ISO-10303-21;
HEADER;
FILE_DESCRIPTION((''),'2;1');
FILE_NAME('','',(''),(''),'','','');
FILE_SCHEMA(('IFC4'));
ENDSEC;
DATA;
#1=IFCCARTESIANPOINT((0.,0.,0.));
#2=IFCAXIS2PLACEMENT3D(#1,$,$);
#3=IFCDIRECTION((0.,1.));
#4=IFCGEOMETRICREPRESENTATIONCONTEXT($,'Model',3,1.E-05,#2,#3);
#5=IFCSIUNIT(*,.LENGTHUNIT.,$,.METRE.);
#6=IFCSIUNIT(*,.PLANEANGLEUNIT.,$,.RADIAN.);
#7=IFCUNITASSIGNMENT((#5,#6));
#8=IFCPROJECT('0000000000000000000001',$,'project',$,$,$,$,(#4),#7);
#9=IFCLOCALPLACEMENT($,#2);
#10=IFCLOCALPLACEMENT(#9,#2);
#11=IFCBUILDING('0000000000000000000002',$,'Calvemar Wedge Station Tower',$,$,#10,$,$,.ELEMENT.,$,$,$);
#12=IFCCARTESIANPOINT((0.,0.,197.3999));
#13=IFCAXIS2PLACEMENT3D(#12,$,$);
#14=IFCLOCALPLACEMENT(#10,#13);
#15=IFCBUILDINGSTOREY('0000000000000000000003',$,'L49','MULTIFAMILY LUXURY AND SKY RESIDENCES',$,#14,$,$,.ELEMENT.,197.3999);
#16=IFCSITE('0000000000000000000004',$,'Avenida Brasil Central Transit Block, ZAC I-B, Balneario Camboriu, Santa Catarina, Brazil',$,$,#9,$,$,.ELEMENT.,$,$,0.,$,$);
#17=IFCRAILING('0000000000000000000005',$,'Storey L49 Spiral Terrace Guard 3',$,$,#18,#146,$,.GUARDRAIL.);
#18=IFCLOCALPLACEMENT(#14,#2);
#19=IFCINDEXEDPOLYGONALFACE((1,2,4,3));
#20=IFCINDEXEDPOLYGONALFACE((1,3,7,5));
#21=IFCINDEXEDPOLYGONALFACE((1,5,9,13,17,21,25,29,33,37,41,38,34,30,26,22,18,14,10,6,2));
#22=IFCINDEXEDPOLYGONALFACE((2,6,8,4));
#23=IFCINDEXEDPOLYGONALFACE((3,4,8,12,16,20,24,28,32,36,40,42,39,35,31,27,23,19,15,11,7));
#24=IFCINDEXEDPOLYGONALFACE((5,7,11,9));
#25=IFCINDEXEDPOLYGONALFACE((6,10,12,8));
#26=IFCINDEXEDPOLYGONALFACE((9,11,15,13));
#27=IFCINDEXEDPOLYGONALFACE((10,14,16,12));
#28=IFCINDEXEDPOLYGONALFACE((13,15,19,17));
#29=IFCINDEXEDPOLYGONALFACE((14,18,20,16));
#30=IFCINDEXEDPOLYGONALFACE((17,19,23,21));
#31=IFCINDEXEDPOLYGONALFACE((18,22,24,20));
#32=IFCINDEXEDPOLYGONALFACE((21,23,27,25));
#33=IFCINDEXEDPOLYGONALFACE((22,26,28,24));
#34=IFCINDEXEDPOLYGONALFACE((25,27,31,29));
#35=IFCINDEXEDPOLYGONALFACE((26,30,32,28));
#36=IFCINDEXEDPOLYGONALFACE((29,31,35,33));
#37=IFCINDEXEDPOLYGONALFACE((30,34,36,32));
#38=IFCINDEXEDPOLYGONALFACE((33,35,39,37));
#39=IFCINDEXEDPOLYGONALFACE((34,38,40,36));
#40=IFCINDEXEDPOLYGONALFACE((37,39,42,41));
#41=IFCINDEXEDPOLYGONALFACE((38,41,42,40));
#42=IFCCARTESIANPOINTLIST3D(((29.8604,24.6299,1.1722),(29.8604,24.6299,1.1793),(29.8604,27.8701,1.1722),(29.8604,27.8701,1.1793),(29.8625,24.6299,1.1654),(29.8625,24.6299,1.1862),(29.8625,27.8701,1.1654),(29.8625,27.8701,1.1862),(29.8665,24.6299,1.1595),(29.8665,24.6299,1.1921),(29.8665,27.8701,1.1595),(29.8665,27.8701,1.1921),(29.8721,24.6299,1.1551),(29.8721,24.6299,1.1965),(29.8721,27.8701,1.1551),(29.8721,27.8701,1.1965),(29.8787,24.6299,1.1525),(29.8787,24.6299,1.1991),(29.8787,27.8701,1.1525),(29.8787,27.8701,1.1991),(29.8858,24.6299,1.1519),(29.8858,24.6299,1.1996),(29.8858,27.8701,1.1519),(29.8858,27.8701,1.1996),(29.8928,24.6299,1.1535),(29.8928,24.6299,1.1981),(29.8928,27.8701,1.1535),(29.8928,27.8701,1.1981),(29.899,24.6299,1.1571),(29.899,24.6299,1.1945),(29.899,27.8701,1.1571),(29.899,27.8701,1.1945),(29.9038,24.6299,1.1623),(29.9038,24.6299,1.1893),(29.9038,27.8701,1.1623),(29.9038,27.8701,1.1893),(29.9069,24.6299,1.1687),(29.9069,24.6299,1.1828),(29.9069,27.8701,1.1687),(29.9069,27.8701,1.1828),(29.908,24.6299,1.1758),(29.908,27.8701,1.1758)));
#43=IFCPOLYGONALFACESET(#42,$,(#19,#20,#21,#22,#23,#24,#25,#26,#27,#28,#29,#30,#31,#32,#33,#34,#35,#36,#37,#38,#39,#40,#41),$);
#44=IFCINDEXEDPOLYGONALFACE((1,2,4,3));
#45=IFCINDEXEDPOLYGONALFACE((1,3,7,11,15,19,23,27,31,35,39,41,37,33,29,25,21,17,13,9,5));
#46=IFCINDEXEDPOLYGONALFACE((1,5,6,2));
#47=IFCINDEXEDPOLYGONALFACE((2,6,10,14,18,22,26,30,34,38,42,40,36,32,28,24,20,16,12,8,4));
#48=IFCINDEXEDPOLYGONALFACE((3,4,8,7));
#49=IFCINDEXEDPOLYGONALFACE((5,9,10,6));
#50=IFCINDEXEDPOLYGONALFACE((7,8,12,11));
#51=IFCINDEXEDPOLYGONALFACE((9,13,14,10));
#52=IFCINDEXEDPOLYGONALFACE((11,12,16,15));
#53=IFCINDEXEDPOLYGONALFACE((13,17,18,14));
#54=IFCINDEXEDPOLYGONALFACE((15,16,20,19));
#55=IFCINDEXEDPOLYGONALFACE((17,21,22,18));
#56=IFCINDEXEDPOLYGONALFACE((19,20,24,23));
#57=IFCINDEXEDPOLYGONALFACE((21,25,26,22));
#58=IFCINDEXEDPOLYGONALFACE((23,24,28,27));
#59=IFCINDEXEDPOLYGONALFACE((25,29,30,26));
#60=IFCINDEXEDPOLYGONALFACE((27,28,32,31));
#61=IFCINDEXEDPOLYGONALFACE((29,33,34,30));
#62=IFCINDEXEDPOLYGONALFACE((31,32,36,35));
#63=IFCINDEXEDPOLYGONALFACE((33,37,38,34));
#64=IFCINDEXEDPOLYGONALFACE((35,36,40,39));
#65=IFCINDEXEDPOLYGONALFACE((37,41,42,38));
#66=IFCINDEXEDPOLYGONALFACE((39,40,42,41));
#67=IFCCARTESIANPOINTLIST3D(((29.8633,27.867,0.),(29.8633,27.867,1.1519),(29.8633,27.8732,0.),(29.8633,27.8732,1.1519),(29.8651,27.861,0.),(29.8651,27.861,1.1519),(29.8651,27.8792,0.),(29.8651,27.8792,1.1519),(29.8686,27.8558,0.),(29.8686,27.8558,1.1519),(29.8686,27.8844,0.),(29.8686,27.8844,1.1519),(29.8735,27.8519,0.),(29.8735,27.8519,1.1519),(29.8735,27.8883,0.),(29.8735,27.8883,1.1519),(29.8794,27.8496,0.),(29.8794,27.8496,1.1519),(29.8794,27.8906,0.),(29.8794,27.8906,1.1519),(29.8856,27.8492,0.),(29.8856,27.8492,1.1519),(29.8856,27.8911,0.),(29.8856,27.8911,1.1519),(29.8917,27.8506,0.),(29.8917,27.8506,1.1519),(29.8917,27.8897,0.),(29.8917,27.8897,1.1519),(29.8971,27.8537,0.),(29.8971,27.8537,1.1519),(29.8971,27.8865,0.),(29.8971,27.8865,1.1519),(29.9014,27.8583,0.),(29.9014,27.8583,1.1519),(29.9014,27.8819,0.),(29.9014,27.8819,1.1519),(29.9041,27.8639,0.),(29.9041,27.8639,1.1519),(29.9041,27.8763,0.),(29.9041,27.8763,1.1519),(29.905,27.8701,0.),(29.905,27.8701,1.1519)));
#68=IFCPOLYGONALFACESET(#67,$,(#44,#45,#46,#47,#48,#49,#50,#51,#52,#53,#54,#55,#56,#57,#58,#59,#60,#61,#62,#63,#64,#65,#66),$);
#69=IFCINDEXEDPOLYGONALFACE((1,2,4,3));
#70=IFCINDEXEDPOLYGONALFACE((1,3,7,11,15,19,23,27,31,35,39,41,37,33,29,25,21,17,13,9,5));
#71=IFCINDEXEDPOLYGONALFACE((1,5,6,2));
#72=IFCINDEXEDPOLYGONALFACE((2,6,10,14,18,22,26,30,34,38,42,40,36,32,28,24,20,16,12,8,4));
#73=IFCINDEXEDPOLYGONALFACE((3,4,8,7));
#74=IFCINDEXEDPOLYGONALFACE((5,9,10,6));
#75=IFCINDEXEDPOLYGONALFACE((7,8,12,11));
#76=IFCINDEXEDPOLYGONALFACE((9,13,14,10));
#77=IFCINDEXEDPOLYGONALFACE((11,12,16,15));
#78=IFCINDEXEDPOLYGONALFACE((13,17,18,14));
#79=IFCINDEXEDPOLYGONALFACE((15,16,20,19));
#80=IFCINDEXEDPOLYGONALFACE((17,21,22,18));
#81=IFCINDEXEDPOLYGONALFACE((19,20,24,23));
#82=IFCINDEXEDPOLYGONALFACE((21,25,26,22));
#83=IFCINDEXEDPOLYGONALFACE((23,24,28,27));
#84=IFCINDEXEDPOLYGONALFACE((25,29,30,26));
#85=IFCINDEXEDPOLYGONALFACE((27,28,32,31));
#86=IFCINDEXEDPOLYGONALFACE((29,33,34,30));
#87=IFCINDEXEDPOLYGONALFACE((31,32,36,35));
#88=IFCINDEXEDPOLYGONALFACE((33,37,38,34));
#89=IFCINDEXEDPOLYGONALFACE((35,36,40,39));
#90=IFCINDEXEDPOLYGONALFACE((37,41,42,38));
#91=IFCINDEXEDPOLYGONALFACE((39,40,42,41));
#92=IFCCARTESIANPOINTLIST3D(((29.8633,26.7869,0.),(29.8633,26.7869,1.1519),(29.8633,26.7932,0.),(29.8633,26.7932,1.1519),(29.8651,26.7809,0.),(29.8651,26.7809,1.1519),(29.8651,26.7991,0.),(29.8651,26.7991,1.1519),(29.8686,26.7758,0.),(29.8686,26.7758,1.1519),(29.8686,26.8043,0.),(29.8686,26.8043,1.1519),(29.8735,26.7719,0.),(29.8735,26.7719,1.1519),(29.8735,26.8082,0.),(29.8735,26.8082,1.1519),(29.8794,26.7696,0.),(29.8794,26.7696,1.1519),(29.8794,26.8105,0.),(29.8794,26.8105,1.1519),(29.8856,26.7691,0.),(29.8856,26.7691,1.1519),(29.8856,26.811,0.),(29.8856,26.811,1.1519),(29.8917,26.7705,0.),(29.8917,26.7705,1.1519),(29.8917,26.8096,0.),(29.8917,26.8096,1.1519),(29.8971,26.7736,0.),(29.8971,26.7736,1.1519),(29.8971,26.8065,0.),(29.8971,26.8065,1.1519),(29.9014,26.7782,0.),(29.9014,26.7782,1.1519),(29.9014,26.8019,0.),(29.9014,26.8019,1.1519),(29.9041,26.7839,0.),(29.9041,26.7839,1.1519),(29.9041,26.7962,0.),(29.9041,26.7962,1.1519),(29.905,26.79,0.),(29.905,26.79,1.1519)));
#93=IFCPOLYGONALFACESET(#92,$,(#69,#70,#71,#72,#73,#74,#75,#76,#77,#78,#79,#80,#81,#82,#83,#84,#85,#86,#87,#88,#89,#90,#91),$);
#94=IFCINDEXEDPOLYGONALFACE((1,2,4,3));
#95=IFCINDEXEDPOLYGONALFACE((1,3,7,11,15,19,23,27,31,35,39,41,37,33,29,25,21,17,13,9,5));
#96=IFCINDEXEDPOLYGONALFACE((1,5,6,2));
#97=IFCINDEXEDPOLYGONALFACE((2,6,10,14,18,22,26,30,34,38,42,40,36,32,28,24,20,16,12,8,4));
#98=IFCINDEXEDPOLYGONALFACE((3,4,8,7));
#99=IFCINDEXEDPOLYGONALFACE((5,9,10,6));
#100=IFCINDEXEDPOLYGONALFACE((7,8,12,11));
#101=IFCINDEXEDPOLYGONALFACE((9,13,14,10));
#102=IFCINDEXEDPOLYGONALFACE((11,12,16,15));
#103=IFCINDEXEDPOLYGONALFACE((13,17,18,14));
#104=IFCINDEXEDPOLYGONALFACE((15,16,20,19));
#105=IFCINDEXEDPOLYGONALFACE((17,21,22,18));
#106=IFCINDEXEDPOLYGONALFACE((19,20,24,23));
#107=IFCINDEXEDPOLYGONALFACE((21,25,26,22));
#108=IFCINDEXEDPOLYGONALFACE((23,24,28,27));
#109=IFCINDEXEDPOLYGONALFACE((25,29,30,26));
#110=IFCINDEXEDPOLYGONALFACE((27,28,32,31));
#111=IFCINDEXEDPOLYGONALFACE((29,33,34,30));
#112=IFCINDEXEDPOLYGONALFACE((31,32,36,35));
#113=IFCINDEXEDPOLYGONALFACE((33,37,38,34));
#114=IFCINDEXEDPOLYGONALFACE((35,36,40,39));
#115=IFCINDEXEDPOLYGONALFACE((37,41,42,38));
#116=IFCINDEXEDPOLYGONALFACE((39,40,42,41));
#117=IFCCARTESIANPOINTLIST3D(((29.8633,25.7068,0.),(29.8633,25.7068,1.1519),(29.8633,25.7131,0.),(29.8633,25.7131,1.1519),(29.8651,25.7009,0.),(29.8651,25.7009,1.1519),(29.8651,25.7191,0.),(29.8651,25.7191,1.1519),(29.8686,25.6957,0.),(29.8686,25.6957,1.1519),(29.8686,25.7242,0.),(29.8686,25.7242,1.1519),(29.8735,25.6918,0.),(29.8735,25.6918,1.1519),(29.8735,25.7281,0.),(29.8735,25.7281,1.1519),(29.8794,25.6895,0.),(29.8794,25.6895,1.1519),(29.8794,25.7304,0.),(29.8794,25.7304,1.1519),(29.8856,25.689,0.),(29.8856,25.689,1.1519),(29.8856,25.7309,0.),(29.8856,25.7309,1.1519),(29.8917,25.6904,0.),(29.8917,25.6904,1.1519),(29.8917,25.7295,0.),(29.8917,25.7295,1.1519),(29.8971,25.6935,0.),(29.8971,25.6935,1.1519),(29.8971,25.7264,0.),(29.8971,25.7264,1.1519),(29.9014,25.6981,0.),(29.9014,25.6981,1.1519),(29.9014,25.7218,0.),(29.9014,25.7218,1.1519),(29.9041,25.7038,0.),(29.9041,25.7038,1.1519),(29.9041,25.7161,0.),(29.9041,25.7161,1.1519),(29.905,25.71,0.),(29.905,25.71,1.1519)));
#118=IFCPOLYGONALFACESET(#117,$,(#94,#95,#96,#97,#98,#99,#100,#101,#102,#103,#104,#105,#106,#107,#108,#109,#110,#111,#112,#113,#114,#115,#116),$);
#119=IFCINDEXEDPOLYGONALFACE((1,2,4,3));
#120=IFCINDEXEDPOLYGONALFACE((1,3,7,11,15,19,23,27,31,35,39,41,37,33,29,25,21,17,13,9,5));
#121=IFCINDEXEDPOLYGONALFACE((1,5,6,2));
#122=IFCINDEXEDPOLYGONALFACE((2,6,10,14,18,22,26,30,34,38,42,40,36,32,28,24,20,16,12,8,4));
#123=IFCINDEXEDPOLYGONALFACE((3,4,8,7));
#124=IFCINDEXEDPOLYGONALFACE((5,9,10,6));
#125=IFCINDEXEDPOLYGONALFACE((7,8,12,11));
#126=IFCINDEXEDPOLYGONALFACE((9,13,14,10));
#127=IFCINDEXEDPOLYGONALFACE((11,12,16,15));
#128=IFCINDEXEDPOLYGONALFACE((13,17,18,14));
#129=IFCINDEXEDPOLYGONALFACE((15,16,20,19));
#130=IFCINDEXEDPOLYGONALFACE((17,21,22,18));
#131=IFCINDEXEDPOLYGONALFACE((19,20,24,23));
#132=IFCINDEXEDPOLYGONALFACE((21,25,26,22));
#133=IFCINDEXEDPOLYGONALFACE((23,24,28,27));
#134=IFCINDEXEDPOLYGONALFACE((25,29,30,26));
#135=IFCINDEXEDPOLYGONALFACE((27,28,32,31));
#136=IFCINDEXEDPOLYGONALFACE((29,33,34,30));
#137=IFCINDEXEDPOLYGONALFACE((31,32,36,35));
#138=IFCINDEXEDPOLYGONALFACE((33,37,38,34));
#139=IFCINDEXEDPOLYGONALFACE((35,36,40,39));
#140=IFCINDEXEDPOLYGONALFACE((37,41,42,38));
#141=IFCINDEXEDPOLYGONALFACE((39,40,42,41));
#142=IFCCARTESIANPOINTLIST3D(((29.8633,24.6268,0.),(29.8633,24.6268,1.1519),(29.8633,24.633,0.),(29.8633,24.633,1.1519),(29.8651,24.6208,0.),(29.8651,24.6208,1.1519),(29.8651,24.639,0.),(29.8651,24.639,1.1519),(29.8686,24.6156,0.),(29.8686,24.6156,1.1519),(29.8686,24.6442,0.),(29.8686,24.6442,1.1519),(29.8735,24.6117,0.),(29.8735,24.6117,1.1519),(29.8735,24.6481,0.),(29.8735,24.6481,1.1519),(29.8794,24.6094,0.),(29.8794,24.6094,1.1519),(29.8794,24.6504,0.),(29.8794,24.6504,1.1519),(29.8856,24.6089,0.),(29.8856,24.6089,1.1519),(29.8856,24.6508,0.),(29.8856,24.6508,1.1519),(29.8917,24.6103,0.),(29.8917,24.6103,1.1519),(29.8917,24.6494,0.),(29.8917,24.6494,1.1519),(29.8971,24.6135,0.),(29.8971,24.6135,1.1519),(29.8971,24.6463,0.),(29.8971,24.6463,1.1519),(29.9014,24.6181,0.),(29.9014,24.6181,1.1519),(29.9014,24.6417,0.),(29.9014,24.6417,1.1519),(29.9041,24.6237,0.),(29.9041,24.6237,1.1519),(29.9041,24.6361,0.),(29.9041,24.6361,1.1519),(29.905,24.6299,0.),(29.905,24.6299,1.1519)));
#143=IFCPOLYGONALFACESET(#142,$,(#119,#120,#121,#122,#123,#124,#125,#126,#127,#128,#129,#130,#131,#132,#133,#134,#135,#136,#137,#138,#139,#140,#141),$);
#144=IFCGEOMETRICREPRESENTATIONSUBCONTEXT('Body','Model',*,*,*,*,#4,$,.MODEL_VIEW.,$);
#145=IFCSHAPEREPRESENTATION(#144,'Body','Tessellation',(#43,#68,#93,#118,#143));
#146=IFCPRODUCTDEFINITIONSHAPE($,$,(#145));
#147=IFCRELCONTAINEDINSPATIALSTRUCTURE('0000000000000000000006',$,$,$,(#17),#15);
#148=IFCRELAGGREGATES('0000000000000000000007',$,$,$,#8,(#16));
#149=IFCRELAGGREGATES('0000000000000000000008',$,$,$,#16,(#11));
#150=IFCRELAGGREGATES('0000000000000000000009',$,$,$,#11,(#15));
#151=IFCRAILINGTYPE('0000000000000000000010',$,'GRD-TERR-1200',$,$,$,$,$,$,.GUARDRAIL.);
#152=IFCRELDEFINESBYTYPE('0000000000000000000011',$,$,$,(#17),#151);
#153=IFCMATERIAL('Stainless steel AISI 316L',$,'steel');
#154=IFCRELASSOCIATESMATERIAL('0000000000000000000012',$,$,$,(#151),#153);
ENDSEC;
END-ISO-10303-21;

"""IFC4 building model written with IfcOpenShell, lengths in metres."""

from ifc_helpers import new_model, si_unit, direction, frame, origin, origin_2d, place, context, subcontext, project, spatial, circle, extrude, material, type_object, element, save


model = new_model("IFC4")

# Units and contexts
model_context = context("Model", 3, precision=1e-05, world=origin(), true_north=direction((0.0, 1.0)))
body_context = subcontext(model_context, "Body", "Model", "MODEL_VIEW")
ifc_project = project(units=[si_unit("LENGTHUNIT", "METRE"), si_unit("PLANEANGLEUNIT", "RADIAN")], contexts=[model_context])

# Site, building, storey
site_placement = place(None, origin())
site = spatial("IfcSite", under=ifc_project, at=site_placement, Name="Avenida Brasil Central Transit Block, ZAC I-B, Balneario Camboriu, Santa Catarina, Brazil", CompositionType="ELEMENT", RefElevation=0.0)
building_placement = place(site_placement, origin())
building = spatial("IfcBuilding", under=site, at=building_placement, Name="Calvemar Wedge Station Tower", CompositionType="ELEMENT")
storey_placement = place(building_placement, frame((0.0, 0.0, 197.3999)))
storey = spatial("IfcBuildingStorey", under=building, at=storey_placement, Name="L49", Description="MULTIFAMILY LUXURY AND SKY RESIDENCES", CompositionType="ELEMENT", Elevation=197.3999)

# Railing
ifc_material_1 = material(Name="Stainless steel AISI 316L", Category="steel")
railing_type = type_object("IfcRailingType", Name="GRD-TERR-1200", PredefinedType="GUARDRAIL", material=ifc_material_1)
railing_1_placement = place(storey_placement, frame((29.884, 27.8701, 0.0)))
element("IfcRailing", 1, at=railing_1_placement, inside=storey, type_object=railing_type, Name="Storey L49 Spiral Terrace Guard 3", PredefinedType="GUARDRAIL", context=body_context, shape_type="SweptSolid", body=[
    extrude(circle(Radius=0.0239, at=origin_2d()), frame((0.0, 0.0, 1.1758), z_axis=(0.0, -1.0, 0.0), x_axis=(1.0, 0.0, 0.0)), (0.0, 0.0, 1.0), 3.2402),
    extrude(circle(Radius=0.021, at=origin_2d()), origin(), (0.0, 0.0, 1.0), 1.1519),
    extrude(circle(Radius=0.021, at=origin_2d()), frame((0.0, -1.0801, 0.0)), (0.0, 0.0, 1.0), 1.1519),
    extrude(circle(Radius=0.021, at=origin_2d()), frame((0.0, -2.1602, 0.0)), (0.0, 0.0, 1.0), 1.1519),
    extrude(circle(Radius=0.021, at=origin_2d()), frame((0.0, -3.2402, 0.0)), (0.0, 0.0, 1.0), 1.1519),
])

save(model, "model.ifc")
